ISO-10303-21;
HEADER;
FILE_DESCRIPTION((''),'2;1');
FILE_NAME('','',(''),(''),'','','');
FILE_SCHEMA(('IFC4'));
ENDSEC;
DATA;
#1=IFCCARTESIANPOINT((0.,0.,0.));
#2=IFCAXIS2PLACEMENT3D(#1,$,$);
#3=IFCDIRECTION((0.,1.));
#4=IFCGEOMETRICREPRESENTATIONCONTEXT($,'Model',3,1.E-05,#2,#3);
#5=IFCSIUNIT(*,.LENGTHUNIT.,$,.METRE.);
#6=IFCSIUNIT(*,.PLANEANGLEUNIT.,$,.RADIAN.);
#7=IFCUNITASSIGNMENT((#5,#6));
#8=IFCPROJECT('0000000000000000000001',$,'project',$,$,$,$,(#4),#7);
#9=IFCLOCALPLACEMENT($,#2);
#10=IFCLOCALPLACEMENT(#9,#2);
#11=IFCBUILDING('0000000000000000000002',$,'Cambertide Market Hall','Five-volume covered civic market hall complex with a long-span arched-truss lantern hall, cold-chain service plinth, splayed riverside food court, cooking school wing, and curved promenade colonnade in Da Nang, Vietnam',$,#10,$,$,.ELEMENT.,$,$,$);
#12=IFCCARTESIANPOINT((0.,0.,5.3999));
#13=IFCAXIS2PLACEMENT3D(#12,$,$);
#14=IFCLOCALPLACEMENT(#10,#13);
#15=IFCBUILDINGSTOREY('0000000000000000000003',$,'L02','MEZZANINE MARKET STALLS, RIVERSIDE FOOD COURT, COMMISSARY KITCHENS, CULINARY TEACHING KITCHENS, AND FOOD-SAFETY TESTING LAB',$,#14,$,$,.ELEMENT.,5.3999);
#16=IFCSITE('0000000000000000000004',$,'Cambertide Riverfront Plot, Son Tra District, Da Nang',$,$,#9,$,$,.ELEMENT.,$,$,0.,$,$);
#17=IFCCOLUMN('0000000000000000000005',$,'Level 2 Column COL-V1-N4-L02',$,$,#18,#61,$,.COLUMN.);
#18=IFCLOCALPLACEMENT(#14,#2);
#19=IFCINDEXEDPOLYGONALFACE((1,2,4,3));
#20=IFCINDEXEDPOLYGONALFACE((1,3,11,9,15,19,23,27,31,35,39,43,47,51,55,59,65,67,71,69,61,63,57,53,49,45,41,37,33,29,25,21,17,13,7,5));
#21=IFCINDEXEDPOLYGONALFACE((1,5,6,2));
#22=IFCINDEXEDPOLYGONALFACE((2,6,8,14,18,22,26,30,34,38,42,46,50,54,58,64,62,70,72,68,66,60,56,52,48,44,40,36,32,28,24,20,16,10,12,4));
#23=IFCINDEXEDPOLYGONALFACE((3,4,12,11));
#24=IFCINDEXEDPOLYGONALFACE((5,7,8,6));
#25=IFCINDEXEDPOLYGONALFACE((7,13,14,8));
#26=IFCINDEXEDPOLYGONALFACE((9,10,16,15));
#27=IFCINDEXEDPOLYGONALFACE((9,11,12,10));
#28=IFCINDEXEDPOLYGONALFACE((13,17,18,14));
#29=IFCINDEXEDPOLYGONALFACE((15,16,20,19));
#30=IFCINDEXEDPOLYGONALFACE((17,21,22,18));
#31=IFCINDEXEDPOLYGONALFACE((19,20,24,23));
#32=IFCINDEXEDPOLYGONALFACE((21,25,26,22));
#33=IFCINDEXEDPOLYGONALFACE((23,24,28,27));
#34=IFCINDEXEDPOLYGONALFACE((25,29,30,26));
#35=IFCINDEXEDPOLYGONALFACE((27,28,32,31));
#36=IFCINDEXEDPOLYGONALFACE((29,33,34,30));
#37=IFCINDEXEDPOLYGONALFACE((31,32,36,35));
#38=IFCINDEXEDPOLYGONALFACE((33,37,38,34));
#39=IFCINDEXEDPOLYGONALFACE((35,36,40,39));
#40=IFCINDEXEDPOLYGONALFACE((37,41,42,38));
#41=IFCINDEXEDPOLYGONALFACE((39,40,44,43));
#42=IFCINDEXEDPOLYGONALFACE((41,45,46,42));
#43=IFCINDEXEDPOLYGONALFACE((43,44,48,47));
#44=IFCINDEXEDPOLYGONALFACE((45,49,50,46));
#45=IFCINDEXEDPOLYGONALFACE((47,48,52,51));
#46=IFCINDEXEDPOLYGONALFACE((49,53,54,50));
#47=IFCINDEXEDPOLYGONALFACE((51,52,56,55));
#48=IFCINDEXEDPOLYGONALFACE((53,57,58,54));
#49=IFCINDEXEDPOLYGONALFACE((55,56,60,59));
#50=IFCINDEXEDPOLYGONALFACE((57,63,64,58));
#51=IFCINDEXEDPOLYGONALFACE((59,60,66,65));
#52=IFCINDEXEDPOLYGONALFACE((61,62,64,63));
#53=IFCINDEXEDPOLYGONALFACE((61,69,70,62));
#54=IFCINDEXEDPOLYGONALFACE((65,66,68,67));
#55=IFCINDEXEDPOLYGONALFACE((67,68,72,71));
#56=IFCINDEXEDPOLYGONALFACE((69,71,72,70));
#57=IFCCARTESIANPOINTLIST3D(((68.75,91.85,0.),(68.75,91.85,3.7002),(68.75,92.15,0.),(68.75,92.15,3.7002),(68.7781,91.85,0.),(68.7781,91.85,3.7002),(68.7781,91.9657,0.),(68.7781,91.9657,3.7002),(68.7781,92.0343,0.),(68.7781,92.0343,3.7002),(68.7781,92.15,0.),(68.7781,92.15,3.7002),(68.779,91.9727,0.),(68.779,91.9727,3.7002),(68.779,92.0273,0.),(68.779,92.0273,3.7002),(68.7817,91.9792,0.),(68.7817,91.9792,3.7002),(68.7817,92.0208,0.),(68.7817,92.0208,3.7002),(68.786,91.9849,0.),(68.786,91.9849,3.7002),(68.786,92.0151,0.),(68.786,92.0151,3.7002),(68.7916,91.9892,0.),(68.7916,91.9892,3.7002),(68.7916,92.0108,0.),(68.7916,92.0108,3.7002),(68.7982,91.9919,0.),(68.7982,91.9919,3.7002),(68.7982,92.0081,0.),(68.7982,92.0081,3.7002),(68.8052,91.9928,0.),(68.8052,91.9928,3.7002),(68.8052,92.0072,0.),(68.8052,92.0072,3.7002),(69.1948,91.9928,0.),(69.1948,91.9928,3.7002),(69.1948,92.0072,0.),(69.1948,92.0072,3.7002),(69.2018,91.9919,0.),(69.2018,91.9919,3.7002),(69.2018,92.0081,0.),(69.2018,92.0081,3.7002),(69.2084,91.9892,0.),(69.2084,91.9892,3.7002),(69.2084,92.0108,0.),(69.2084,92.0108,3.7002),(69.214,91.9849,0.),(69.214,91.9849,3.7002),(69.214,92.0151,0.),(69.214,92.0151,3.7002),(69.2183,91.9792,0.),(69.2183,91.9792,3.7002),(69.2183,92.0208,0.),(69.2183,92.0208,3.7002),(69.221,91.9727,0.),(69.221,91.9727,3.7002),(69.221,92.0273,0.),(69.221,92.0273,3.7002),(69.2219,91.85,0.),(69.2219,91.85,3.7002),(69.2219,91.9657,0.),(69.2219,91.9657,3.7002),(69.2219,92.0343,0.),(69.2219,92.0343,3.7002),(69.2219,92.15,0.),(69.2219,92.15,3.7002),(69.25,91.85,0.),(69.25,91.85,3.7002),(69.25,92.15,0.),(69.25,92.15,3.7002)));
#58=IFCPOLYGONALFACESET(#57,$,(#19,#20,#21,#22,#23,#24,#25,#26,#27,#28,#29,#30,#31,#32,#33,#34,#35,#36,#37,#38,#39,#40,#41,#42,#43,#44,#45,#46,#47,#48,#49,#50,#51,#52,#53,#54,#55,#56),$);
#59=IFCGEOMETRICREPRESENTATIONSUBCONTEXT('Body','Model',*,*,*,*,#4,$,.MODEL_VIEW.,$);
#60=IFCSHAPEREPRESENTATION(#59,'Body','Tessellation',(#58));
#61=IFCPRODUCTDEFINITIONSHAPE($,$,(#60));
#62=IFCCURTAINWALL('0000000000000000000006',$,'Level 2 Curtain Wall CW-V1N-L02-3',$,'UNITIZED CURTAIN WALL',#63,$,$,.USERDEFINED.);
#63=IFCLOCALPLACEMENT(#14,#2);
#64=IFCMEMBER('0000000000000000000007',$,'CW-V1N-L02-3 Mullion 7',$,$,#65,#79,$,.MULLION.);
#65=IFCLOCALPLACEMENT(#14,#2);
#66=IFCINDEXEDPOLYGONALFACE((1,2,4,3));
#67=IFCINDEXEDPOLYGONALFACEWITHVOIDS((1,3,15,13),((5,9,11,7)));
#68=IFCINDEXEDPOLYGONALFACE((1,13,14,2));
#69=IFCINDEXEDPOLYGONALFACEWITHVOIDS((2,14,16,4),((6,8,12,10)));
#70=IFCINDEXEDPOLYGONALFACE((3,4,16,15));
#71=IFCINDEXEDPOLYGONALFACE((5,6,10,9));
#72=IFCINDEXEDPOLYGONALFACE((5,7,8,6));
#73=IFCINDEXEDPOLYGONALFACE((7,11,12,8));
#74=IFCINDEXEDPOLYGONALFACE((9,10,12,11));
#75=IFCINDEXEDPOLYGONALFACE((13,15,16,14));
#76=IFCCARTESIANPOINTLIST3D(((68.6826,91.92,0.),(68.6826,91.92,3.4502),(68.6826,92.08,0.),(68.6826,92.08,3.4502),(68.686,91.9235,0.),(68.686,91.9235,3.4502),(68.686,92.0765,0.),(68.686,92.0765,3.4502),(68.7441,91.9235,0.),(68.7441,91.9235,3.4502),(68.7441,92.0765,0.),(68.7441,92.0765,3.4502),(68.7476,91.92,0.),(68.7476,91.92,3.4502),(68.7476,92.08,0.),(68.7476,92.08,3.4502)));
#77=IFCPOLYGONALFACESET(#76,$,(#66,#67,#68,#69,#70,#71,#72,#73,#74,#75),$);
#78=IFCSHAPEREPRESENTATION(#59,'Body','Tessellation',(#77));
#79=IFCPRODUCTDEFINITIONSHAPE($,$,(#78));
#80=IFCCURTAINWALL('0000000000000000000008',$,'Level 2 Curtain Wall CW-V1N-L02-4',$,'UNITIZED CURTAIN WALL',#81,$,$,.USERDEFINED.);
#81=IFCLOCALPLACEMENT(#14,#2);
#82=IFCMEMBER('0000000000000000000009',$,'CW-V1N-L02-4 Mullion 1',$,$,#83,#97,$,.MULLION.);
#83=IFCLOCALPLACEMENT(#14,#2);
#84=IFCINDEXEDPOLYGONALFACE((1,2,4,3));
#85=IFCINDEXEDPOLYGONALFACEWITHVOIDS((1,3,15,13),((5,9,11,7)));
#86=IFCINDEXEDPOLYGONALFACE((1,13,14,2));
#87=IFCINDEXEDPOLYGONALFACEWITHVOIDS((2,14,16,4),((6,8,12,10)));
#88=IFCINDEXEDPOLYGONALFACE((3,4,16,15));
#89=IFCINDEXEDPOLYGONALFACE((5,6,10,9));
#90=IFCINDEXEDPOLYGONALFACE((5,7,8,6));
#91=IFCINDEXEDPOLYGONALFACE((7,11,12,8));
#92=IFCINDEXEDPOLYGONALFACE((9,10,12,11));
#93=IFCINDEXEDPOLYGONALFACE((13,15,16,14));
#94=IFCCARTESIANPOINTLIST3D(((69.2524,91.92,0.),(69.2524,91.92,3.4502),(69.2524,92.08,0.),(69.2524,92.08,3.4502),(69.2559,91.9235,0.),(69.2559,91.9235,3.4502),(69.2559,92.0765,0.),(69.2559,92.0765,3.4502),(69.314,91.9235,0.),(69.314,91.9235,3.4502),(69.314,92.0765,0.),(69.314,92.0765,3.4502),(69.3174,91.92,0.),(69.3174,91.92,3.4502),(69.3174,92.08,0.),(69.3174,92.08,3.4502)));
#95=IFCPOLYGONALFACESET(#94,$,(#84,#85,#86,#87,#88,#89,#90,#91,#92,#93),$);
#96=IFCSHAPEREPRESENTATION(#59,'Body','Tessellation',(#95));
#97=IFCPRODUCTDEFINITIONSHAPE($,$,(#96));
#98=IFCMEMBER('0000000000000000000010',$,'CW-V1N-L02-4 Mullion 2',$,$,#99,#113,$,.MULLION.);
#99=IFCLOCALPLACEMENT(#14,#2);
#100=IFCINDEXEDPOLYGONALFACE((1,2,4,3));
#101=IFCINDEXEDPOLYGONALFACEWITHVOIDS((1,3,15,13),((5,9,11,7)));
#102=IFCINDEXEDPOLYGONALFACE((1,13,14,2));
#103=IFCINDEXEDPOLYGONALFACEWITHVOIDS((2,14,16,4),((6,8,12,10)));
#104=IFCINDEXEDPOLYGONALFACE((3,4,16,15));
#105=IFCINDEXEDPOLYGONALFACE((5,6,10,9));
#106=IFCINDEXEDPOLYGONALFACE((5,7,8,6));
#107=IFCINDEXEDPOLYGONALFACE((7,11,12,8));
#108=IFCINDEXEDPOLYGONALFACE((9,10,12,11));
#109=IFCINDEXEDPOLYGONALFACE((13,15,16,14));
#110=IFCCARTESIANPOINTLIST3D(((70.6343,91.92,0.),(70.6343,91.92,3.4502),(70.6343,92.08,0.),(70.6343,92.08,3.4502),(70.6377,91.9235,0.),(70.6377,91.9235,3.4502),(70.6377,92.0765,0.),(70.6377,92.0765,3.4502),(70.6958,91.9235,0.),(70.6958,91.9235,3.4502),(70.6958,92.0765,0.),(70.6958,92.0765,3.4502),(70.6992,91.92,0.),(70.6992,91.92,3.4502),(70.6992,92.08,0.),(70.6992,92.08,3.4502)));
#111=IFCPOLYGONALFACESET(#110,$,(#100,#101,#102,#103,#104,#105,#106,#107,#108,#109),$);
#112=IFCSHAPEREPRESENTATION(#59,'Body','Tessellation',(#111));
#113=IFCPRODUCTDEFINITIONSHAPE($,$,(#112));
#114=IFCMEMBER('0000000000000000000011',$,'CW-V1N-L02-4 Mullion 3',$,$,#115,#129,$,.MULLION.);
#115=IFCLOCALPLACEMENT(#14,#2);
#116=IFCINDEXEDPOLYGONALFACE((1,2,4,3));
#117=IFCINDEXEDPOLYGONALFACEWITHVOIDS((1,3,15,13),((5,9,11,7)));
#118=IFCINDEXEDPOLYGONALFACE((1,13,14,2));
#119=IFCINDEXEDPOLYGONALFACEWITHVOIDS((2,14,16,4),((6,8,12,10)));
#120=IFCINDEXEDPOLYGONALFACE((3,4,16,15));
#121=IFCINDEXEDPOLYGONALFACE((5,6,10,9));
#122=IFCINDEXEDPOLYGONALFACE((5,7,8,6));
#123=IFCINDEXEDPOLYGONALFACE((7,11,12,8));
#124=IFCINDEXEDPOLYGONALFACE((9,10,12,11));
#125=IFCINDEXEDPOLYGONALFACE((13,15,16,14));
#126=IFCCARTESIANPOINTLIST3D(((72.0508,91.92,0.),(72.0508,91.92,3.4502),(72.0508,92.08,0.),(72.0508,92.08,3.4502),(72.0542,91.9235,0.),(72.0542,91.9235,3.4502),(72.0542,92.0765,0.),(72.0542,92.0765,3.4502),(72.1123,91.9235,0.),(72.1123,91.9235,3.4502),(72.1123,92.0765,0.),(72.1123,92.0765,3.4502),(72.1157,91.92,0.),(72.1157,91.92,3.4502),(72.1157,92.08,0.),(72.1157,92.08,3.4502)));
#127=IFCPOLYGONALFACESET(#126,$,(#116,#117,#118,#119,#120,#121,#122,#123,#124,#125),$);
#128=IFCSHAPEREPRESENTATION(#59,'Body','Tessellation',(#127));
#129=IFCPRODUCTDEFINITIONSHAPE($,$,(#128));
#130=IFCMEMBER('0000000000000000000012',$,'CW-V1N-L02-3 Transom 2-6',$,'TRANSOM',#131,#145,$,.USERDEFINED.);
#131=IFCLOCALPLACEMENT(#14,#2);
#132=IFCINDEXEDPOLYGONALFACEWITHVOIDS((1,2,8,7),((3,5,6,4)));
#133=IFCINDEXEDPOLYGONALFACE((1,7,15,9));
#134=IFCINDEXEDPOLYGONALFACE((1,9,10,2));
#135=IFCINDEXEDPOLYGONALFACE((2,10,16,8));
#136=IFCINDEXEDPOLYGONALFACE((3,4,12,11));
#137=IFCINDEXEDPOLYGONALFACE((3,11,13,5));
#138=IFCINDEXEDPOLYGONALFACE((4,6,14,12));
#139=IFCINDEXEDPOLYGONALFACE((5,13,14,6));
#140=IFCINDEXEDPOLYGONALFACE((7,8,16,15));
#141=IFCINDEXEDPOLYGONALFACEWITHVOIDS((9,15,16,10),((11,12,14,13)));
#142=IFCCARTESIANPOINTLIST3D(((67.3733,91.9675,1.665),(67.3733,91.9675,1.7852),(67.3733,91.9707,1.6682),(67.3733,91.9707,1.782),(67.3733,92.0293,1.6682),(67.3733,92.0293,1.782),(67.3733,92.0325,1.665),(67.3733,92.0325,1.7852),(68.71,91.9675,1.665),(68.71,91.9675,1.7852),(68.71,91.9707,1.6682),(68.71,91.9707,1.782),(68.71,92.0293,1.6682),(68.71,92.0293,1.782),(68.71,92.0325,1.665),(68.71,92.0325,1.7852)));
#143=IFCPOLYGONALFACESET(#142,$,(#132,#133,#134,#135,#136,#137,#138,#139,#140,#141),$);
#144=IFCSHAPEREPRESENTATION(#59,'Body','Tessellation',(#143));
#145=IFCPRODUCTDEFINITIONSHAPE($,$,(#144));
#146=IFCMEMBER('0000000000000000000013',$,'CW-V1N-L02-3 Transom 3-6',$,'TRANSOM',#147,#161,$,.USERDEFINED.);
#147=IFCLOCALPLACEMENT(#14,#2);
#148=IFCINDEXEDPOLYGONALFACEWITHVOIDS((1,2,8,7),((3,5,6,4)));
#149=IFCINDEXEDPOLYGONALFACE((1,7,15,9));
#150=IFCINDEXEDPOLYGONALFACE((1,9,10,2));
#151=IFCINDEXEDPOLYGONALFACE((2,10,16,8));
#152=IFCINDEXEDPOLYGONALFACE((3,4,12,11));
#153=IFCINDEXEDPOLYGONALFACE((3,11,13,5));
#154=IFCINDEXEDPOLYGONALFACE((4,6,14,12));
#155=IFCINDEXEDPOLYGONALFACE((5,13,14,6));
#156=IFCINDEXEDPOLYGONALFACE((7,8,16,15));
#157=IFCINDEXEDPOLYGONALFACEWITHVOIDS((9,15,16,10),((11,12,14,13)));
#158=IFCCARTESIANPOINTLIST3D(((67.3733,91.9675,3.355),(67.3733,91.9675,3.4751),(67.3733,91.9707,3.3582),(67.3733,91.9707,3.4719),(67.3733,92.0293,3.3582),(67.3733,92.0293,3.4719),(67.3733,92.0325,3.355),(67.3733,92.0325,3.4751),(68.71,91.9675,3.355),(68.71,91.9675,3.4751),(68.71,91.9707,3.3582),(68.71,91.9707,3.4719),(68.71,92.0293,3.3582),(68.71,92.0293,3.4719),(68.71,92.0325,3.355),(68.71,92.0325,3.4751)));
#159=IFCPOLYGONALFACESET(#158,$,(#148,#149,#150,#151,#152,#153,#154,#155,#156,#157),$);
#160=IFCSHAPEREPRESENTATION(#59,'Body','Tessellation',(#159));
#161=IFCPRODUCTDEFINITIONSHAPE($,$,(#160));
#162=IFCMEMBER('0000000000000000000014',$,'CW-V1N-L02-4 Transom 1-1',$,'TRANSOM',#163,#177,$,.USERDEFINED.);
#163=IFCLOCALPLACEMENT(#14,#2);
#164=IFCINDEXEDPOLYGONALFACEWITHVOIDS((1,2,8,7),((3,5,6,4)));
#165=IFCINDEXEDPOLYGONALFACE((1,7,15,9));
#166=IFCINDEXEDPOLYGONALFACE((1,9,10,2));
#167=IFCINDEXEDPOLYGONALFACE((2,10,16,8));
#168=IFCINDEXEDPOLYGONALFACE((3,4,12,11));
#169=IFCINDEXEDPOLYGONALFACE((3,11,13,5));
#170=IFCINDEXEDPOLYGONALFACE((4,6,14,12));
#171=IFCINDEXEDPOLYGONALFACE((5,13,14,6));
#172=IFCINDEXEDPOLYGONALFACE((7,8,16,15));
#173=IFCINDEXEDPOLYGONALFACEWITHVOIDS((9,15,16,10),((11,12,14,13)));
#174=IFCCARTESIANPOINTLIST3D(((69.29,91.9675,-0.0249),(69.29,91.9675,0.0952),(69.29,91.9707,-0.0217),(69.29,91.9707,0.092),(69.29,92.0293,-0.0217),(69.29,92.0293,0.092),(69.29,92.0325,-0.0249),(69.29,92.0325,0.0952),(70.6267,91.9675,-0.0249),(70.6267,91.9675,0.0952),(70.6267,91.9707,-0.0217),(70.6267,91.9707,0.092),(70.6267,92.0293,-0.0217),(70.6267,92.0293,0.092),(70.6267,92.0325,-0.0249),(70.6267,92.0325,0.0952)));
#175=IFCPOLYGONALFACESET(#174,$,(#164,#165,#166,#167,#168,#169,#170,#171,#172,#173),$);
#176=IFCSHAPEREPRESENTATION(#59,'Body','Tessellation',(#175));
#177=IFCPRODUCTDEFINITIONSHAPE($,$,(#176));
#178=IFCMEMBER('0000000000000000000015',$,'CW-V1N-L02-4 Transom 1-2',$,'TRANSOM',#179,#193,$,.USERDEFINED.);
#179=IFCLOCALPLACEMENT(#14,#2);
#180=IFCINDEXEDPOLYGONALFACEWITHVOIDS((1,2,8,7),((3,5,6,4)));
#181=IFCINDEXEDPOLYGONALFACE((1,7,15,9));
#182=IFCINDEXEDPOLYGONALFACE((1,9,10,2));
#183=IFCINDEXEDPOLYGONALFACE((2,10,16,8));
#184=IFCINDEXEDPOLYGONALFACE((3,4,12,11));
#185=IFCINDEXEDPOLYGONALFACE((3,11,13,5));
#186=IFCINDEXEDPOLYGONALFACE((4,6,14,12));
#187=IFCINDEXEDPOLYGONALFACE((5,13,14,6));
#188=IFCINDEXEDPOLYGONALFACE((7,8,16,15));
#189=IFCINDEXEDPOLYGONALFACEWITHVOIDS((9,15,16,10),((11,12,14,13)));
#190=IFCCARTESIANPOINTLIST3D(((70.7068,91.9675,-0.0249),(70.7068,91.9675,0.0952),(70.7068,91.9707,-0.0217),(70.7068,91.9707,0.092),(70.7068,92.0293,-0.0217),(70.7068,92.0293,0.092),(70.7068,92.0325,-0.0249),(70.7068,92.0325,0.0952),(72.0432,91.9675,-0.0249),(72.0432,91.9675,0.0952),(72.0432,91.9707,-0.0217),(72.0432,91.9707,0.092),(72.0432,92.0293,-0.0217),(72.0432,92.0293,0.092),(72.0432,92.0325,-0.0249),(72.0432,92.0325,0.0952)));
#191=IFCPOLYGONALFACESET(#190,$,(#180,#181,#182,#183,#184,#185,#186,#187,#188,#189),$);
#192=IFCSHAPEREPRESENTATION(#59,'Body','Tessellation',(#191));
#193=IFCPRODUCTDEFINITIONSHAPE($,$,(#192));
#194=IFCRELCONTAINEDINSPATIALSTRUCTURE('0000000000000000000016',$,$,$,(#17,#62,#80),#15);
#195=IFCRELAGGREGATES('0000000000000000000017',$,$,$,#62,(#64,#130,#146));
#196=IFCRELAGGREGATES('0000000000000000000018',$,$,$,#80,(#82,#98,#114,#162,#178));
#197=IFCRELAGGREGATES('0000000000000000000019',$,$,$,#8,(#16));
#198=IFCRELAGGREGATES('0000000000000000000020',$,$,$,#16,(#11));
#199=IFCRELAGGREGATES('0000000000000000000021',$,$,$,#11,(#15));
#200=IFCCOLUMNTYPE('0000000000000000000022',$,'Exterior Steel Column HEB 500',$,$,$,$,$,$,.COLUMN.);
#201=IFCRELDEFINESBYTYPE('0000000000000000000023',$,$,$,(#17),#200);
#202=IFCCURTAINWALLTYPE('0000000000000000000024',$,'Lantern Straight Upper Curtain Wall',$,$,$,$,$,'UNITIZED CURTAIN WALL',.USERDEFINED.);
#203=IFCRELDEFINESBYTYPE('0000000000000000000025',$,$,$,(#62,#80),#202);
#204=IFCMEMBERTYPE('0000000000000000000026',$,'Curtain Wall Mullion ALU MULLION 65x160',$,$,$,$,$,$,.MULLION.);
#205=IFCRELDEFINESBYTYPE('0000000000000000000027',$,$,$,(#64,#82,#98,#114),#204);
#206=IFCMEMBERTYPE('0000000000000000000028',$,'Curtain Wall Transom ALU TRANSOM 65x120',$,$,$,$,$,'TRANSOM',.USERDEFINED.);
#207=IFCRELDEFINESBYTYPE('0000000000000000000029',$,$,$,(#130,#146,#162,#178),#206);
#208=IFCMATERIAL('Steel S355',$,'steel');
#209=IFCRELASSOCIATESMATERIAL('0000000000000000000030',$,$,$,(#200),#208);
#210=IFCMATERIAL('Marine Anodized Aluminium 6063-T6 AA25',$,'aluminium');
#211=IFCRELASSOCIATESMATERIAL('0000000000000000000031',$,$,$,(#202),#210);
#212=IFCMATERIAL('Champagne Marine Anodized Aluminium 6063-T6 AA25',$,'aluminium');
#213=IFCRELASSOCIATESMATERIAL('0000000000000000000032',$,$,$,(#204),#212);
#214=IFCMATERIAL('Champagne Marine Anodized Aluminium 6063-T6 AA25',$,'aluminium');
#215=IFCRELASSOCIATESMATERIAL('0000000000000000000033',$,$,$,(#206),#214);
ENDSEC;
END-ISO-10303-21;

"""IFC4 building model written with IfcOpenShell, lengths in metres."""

from ifc_helpers import new_model, si_unit, direction, frame, origin, origin_2d, place, context, subcontext, project, spatial, hollow_rectangle, i_section, extrude, material, material_profile, profile_set, type_object, element, aggregate, save


model = new_model("IFC4")

# Units and contexts
model_context = context("Model", 3, precision=1e-05, world=origin(), true_north=direction((0.0, 1.0)))
body_context = subcontext(model_context, "Body", "Model", "MODEL_VIEW")
ifc_project = project(units=[si_unit("LENGTHUNIT", "METRE"), si_unit("PLANEANGLEUNIT", "RADIAN")], contexts=[model_context])

# Site, building, storey
site_placement = place(None, origin())
site = spatial("IfcSite", under=ifc_project, at=site_placement, Name="Cambertide Riverfront Plot, Son Tra District, Da Nang", CompositionType="ELEMENT", RefElevation=0.0)
building_placement = place(site_placement, origin())
building = spatial("IfcBuilding", under=site, at=building_placement, Name="Cambertide Market Hall", Description="Five-volume covered civic market hall complex with a long-span arched-truss lantern hall, cold-chain service plinth, splayed riverside food court, cooking school wing, and curved promenade colonnade in Da Nang, Vietnam", CompositionType="ELEMENT")
storey_placement = place(building_placement, frame((0.0, 0.0, 5.3999)))
storey = spatial("IfcBuildingStorey", under=building, at=storey_placement, Name="L02", Description="MEZZANINE MARKET STALLS, RIVERSIDE FOOD COURT, COMMISSARY KITCHENS, CULINARY TEACHING KITCHENS, AND FOOD-SAFETY TESTING LAB", CompositionType="ELEMENT", Elevation=5.3999)

# Column
ifc_material_1 = material(Name="Steel S355", Category="steel")
ifc_material_profile_1 = material_profile(ifc_material_1, i_section(OverallWidth=0.3, OverallDepth=0.5, WebThickness=0.0144, FlangeThickness=0.0281, FilletRadius=0.0271, at=origin_2d()), Name="HEB 500")
ifc_profile_set_1 = profile_set([ifc_material_profile_1], Name="Steel S355")
column_type = type_object("IfcColumnType", Name="Exterior Steel Column HEB 500", PredefinedType="COLUMN", material=ifc_profile_set_1)
column_placement = place(storey_placement, frame((69.0, 92.0, 0.0), z_axis=(0.0, 0.0, 1.0), x_axis=(0.0, 1.0, 0.0)))
element("IfcColumn", 1, at=column_placement, inside=storey, type_object=column_type, Name="Level 2 Column COL-V1-N4-L02", PredefinedType="COLUMN", context=body_context, shape_type="SweptSolid", body=[
    extrude(i_section(OverallWidth=0.3, OverallDepth=0.5, WebThickness=0.0144, FlangeThickness=0.0281, FilletRadius=0.0271, at=origin_2d()), origin(), (0.0, 0.0, 1.0), 3.7002),
])

# Curtain wall, member
ifc_material_2 = material(Name="Marine Anodized Aluminium 6063-T6 AA25", Category="aluminium")
curtain_wall_type = type_object("IfcCurtainWallType", Name="Lantern Straight Upper Curtain Wall", ElementType="UNITIZED CURTAIN WALL", PredefinedType="USERDEFINED", material=ifc_material_2)
curtain_wall_1_placement = place(storey_placement, origin())
curtain_wall_1 = element("IfcCurtainWall", 2, at=curtain_wall_1_placement, inside=storey, type_object=curtain_wall_type, Name="Level 2 Curtain Wall CW-V1N-L02-3", ObjectType="UNITIZED CURTAIN WALL", PredefinedType="USERDEFINED")
ifc_material_3 = material(Name="Champagne Marine Anodized Aluminium 6063-T6 AA25", Category="aluminium")
ifc_material_profile_2 = material_profile(ifc_material_3, hollow_rectangle(XDim=0.0649, YDim=0.1599, WallThickness=0.0034, at=origin_2d()), Name="ALU MULLION 65x160")
ifc_profile_set_2 = profile_set([ifc_material_profile_2], Name="Champagne Marine Anodized Aluminium 6063-T6 AA25")
member_type_1 = type_object("IfcMemberType", Name="Curtain Wall Mullion ALU MULLION 65x160", PredefinedType="MULLION", material=ifc_profile_set_2)
member_1_placement = place(storey_placement, frame((68.7151, 92.0, 0.0), z_axis=(0.0, 0.0, 1.0), x_axis=(1.0, 0.0, 0.0)))
member_1 = element("IfcMember", 3, at=member_1_placement, type_object=member_type_1, Name="CW-V1N-L02-3 Mullion 7", PredefinedType="MULLION", context=body_context, shape_type="SweptSolid", body=[
    extrude(hollow_rectangle(XDim=0.0649, YDim=0.1599, WallThickness=0.0034, at=origin_2d()), origin(), (0.0, 0.0, 1.0), 3.4502),
])

# Curtain wall, members
curtain_wall_2_placement = place(storey_placement, origin())
curtain_wall_2 = element("IfcCurtainWall", 4, at=curtain_wall_2_placement, inside=storey, type_object=curtain_wall_type, Name="Level 2 Curtain Wall CW-V1N-L02-4", ObjectType="UNITIZED CURTAIN WALL", PredefinedType="USERDEFINED")
member_2_placement = place(storey_placement, frame((69.2849, 92.0, 0.0), z_axis=(0.0, 0.0, 1.0), x_axis=(1.0, 0.0, 0.0)))
member_2 = element("IfcMember", 5, at=member_2_placement, type_object=member_type_1, Name="CW-V1N-L02-4 Mullion 1", PredefinedType="MULLION", context=body_context, shape_type="SweptSolid", body=[
    extrude(hollow_rectangle(XDim=0.0649, YDim=0.1599, WallThickness=0.0034, at=origin_2d()), origin(), (0.0, 0.0, 1.0), 3.4502),
])
member_3_placement = place(storey_placement, frame((70.6667, 92.0, 0.0), z_axis=(0.0, 0.0, 1.0), x_axis=(1.0, 0.0, 0.0)))
member_3 = element("IfcMember", 6, at=member_3_placement, type_object=member_type_1, Name="CW-V1N-L02-4 Mullion 2", PredefinedType="MULLION", context=body_context, shape_type="SweptSolid", body=[
    extrude(hollow_rectangle(XDim=0.0649, YDim=0.1599, WallThickness=0.0034, at=origin_2d()), origin(), (0.0, 0.0, 1.0), 3.4502),
])
member_4_placement = place(storey_placement, frame((72.0833, 92.0, 0.0), z_axis=(0.0, 0.0, 1.0), x_axis=(1.0, 0.0, 0.0)))
member_4 = element("IfcMember", 7, at=member_4_placement, type_object=member_type_1, Name="CW-V1N-L02-4 Mullion 3", PredefinedType="MULLION", context=body_context, shape_type="SweptSolid", body=[
    extrude(hollow_rectangle(XDim=0.0649, YDim=0.1599, WallThickness=0.0034, at=origin_2d()), origin(), (0.0, 0.0, 1.0), 3.4502),
])

# Members
ifc_material_4 = material(Name="Champagne Marine Anodized Aluminium 6063-T6 AA25", Category="aluminium")
ifc_material_profile_3 = material_profile(ifc_material_4, hollow_rectangle(XDim=0.0649, YDim=0.1201, WallThickness=0.0032, at=origin_2d()), Name="ALU TRANSOM 65x120")
ifc_profile_set_3 = profile_set([ifc_material_profile_3], Name="Champagne Marine Anodized Aluminium 6063-T6 AA25")
member_type_2 = type_object("IfcMemberType", Name="Curtain Wall Transom ALU TRANSOM 65x120", ElementType="TRANSOM", PredefinedType="USERDEFINED", material=ifc_profile_set_3)
member_5_placement = place(storey_placement, frame((67.3733, 92.0, 1.7251), z_axis=(1.0, 0.0, 0.0), x_axis=(0.0, 1.0, 0.0)))
member_5 = element("IfcMember", 8, at=member_5_placement, type_object=member_type_2, Name="CW-V1N-L02-3 Transom 2-6", ObjectType="TRANSOM", PredefinedType="USERDEFINED", context=body_context, shape_type="SweptSolid", body=[
    extrude(hollow_rectangle(XDim=0.0649, YDim=0.1201, WallThickness=0.0032, at=origin_2d()), origin(), (0.0, 0.0, 1.0), 1.3367),
])
member_6_placement = place(storey_placement, frame((67.3733, 92.0, 3.415), z_axis=(1.0, 0.0, 0.0), x_axis=(0.0, 1.0, 0.0)))
member_6 = element("IfcMember", 9, at=member_6_placement, type_object=member_type_2, Name="CW-V1N-L02-3 Transom 3-6", ObjectType="TRANSOM", PredefinedType="USERDEFINED", context=body_context, shape_type="SweptSolid", body=[
    extrude(hollow_rectangle(XDim=0.0649, YDim=0.1201, WallThickness=0.0032, at=origin_2d()), origin(), (0.0, 0.0, 1.0), 1.3367),
])
member_7_placement = place(storey_placement, frame((69.29, 92.0, 0.0352), z_axis=(1.0, 0.0, 0.0), x_axis=(0.0, 1.0, 0.0)))
member_7 = element("IfcMember", 10, at=member_7_placement, type_object=member_type_2, Name="CW-V1N-L02-4 Transom 1-1", ObjectType="TRANSOM", PredefinedType="USERDEFINED", context=body_context, shape_type="SweptSolid", body=[
    extrude(hollow_rectangle(XDim=0.0649, YDim=0.1201, WallThickness=0.0032, at=origin_2d()), origin(), (0.0, 0.0, 1.0), 1.3367),
])
member_8_placement = place(storey_placement, frame((70.7068, 92.0, 0.0352), z_axis=(1.0, 0.0, 0.0), x_axis=(0.0, 1.0, 0.0)))
member_8 = element("IfcMember", 11, at=member_8_placement, type_object=member_type_2, Name="CW-V1N-L02-4 Transom 1-2", ObjectType="TRANSOM", PredefinedType="USERDEFINED", context=body_context, shape_type="SweptSolid", body=[
    extrude(hollow_rectangle(XDim=0.0649, YDim=0.1201, WallThickness=0.0032, at=origin_2d()), origin(), (0.0, 0.0, 1.0), 1.3364),
])

aggregate(curtain_wall_1, [member_1, member_5, member_6])
aggregate(curtain_wall_2, [member_2, member_3, member_4, member_7, member_8])

save(model, "model.ifc")
